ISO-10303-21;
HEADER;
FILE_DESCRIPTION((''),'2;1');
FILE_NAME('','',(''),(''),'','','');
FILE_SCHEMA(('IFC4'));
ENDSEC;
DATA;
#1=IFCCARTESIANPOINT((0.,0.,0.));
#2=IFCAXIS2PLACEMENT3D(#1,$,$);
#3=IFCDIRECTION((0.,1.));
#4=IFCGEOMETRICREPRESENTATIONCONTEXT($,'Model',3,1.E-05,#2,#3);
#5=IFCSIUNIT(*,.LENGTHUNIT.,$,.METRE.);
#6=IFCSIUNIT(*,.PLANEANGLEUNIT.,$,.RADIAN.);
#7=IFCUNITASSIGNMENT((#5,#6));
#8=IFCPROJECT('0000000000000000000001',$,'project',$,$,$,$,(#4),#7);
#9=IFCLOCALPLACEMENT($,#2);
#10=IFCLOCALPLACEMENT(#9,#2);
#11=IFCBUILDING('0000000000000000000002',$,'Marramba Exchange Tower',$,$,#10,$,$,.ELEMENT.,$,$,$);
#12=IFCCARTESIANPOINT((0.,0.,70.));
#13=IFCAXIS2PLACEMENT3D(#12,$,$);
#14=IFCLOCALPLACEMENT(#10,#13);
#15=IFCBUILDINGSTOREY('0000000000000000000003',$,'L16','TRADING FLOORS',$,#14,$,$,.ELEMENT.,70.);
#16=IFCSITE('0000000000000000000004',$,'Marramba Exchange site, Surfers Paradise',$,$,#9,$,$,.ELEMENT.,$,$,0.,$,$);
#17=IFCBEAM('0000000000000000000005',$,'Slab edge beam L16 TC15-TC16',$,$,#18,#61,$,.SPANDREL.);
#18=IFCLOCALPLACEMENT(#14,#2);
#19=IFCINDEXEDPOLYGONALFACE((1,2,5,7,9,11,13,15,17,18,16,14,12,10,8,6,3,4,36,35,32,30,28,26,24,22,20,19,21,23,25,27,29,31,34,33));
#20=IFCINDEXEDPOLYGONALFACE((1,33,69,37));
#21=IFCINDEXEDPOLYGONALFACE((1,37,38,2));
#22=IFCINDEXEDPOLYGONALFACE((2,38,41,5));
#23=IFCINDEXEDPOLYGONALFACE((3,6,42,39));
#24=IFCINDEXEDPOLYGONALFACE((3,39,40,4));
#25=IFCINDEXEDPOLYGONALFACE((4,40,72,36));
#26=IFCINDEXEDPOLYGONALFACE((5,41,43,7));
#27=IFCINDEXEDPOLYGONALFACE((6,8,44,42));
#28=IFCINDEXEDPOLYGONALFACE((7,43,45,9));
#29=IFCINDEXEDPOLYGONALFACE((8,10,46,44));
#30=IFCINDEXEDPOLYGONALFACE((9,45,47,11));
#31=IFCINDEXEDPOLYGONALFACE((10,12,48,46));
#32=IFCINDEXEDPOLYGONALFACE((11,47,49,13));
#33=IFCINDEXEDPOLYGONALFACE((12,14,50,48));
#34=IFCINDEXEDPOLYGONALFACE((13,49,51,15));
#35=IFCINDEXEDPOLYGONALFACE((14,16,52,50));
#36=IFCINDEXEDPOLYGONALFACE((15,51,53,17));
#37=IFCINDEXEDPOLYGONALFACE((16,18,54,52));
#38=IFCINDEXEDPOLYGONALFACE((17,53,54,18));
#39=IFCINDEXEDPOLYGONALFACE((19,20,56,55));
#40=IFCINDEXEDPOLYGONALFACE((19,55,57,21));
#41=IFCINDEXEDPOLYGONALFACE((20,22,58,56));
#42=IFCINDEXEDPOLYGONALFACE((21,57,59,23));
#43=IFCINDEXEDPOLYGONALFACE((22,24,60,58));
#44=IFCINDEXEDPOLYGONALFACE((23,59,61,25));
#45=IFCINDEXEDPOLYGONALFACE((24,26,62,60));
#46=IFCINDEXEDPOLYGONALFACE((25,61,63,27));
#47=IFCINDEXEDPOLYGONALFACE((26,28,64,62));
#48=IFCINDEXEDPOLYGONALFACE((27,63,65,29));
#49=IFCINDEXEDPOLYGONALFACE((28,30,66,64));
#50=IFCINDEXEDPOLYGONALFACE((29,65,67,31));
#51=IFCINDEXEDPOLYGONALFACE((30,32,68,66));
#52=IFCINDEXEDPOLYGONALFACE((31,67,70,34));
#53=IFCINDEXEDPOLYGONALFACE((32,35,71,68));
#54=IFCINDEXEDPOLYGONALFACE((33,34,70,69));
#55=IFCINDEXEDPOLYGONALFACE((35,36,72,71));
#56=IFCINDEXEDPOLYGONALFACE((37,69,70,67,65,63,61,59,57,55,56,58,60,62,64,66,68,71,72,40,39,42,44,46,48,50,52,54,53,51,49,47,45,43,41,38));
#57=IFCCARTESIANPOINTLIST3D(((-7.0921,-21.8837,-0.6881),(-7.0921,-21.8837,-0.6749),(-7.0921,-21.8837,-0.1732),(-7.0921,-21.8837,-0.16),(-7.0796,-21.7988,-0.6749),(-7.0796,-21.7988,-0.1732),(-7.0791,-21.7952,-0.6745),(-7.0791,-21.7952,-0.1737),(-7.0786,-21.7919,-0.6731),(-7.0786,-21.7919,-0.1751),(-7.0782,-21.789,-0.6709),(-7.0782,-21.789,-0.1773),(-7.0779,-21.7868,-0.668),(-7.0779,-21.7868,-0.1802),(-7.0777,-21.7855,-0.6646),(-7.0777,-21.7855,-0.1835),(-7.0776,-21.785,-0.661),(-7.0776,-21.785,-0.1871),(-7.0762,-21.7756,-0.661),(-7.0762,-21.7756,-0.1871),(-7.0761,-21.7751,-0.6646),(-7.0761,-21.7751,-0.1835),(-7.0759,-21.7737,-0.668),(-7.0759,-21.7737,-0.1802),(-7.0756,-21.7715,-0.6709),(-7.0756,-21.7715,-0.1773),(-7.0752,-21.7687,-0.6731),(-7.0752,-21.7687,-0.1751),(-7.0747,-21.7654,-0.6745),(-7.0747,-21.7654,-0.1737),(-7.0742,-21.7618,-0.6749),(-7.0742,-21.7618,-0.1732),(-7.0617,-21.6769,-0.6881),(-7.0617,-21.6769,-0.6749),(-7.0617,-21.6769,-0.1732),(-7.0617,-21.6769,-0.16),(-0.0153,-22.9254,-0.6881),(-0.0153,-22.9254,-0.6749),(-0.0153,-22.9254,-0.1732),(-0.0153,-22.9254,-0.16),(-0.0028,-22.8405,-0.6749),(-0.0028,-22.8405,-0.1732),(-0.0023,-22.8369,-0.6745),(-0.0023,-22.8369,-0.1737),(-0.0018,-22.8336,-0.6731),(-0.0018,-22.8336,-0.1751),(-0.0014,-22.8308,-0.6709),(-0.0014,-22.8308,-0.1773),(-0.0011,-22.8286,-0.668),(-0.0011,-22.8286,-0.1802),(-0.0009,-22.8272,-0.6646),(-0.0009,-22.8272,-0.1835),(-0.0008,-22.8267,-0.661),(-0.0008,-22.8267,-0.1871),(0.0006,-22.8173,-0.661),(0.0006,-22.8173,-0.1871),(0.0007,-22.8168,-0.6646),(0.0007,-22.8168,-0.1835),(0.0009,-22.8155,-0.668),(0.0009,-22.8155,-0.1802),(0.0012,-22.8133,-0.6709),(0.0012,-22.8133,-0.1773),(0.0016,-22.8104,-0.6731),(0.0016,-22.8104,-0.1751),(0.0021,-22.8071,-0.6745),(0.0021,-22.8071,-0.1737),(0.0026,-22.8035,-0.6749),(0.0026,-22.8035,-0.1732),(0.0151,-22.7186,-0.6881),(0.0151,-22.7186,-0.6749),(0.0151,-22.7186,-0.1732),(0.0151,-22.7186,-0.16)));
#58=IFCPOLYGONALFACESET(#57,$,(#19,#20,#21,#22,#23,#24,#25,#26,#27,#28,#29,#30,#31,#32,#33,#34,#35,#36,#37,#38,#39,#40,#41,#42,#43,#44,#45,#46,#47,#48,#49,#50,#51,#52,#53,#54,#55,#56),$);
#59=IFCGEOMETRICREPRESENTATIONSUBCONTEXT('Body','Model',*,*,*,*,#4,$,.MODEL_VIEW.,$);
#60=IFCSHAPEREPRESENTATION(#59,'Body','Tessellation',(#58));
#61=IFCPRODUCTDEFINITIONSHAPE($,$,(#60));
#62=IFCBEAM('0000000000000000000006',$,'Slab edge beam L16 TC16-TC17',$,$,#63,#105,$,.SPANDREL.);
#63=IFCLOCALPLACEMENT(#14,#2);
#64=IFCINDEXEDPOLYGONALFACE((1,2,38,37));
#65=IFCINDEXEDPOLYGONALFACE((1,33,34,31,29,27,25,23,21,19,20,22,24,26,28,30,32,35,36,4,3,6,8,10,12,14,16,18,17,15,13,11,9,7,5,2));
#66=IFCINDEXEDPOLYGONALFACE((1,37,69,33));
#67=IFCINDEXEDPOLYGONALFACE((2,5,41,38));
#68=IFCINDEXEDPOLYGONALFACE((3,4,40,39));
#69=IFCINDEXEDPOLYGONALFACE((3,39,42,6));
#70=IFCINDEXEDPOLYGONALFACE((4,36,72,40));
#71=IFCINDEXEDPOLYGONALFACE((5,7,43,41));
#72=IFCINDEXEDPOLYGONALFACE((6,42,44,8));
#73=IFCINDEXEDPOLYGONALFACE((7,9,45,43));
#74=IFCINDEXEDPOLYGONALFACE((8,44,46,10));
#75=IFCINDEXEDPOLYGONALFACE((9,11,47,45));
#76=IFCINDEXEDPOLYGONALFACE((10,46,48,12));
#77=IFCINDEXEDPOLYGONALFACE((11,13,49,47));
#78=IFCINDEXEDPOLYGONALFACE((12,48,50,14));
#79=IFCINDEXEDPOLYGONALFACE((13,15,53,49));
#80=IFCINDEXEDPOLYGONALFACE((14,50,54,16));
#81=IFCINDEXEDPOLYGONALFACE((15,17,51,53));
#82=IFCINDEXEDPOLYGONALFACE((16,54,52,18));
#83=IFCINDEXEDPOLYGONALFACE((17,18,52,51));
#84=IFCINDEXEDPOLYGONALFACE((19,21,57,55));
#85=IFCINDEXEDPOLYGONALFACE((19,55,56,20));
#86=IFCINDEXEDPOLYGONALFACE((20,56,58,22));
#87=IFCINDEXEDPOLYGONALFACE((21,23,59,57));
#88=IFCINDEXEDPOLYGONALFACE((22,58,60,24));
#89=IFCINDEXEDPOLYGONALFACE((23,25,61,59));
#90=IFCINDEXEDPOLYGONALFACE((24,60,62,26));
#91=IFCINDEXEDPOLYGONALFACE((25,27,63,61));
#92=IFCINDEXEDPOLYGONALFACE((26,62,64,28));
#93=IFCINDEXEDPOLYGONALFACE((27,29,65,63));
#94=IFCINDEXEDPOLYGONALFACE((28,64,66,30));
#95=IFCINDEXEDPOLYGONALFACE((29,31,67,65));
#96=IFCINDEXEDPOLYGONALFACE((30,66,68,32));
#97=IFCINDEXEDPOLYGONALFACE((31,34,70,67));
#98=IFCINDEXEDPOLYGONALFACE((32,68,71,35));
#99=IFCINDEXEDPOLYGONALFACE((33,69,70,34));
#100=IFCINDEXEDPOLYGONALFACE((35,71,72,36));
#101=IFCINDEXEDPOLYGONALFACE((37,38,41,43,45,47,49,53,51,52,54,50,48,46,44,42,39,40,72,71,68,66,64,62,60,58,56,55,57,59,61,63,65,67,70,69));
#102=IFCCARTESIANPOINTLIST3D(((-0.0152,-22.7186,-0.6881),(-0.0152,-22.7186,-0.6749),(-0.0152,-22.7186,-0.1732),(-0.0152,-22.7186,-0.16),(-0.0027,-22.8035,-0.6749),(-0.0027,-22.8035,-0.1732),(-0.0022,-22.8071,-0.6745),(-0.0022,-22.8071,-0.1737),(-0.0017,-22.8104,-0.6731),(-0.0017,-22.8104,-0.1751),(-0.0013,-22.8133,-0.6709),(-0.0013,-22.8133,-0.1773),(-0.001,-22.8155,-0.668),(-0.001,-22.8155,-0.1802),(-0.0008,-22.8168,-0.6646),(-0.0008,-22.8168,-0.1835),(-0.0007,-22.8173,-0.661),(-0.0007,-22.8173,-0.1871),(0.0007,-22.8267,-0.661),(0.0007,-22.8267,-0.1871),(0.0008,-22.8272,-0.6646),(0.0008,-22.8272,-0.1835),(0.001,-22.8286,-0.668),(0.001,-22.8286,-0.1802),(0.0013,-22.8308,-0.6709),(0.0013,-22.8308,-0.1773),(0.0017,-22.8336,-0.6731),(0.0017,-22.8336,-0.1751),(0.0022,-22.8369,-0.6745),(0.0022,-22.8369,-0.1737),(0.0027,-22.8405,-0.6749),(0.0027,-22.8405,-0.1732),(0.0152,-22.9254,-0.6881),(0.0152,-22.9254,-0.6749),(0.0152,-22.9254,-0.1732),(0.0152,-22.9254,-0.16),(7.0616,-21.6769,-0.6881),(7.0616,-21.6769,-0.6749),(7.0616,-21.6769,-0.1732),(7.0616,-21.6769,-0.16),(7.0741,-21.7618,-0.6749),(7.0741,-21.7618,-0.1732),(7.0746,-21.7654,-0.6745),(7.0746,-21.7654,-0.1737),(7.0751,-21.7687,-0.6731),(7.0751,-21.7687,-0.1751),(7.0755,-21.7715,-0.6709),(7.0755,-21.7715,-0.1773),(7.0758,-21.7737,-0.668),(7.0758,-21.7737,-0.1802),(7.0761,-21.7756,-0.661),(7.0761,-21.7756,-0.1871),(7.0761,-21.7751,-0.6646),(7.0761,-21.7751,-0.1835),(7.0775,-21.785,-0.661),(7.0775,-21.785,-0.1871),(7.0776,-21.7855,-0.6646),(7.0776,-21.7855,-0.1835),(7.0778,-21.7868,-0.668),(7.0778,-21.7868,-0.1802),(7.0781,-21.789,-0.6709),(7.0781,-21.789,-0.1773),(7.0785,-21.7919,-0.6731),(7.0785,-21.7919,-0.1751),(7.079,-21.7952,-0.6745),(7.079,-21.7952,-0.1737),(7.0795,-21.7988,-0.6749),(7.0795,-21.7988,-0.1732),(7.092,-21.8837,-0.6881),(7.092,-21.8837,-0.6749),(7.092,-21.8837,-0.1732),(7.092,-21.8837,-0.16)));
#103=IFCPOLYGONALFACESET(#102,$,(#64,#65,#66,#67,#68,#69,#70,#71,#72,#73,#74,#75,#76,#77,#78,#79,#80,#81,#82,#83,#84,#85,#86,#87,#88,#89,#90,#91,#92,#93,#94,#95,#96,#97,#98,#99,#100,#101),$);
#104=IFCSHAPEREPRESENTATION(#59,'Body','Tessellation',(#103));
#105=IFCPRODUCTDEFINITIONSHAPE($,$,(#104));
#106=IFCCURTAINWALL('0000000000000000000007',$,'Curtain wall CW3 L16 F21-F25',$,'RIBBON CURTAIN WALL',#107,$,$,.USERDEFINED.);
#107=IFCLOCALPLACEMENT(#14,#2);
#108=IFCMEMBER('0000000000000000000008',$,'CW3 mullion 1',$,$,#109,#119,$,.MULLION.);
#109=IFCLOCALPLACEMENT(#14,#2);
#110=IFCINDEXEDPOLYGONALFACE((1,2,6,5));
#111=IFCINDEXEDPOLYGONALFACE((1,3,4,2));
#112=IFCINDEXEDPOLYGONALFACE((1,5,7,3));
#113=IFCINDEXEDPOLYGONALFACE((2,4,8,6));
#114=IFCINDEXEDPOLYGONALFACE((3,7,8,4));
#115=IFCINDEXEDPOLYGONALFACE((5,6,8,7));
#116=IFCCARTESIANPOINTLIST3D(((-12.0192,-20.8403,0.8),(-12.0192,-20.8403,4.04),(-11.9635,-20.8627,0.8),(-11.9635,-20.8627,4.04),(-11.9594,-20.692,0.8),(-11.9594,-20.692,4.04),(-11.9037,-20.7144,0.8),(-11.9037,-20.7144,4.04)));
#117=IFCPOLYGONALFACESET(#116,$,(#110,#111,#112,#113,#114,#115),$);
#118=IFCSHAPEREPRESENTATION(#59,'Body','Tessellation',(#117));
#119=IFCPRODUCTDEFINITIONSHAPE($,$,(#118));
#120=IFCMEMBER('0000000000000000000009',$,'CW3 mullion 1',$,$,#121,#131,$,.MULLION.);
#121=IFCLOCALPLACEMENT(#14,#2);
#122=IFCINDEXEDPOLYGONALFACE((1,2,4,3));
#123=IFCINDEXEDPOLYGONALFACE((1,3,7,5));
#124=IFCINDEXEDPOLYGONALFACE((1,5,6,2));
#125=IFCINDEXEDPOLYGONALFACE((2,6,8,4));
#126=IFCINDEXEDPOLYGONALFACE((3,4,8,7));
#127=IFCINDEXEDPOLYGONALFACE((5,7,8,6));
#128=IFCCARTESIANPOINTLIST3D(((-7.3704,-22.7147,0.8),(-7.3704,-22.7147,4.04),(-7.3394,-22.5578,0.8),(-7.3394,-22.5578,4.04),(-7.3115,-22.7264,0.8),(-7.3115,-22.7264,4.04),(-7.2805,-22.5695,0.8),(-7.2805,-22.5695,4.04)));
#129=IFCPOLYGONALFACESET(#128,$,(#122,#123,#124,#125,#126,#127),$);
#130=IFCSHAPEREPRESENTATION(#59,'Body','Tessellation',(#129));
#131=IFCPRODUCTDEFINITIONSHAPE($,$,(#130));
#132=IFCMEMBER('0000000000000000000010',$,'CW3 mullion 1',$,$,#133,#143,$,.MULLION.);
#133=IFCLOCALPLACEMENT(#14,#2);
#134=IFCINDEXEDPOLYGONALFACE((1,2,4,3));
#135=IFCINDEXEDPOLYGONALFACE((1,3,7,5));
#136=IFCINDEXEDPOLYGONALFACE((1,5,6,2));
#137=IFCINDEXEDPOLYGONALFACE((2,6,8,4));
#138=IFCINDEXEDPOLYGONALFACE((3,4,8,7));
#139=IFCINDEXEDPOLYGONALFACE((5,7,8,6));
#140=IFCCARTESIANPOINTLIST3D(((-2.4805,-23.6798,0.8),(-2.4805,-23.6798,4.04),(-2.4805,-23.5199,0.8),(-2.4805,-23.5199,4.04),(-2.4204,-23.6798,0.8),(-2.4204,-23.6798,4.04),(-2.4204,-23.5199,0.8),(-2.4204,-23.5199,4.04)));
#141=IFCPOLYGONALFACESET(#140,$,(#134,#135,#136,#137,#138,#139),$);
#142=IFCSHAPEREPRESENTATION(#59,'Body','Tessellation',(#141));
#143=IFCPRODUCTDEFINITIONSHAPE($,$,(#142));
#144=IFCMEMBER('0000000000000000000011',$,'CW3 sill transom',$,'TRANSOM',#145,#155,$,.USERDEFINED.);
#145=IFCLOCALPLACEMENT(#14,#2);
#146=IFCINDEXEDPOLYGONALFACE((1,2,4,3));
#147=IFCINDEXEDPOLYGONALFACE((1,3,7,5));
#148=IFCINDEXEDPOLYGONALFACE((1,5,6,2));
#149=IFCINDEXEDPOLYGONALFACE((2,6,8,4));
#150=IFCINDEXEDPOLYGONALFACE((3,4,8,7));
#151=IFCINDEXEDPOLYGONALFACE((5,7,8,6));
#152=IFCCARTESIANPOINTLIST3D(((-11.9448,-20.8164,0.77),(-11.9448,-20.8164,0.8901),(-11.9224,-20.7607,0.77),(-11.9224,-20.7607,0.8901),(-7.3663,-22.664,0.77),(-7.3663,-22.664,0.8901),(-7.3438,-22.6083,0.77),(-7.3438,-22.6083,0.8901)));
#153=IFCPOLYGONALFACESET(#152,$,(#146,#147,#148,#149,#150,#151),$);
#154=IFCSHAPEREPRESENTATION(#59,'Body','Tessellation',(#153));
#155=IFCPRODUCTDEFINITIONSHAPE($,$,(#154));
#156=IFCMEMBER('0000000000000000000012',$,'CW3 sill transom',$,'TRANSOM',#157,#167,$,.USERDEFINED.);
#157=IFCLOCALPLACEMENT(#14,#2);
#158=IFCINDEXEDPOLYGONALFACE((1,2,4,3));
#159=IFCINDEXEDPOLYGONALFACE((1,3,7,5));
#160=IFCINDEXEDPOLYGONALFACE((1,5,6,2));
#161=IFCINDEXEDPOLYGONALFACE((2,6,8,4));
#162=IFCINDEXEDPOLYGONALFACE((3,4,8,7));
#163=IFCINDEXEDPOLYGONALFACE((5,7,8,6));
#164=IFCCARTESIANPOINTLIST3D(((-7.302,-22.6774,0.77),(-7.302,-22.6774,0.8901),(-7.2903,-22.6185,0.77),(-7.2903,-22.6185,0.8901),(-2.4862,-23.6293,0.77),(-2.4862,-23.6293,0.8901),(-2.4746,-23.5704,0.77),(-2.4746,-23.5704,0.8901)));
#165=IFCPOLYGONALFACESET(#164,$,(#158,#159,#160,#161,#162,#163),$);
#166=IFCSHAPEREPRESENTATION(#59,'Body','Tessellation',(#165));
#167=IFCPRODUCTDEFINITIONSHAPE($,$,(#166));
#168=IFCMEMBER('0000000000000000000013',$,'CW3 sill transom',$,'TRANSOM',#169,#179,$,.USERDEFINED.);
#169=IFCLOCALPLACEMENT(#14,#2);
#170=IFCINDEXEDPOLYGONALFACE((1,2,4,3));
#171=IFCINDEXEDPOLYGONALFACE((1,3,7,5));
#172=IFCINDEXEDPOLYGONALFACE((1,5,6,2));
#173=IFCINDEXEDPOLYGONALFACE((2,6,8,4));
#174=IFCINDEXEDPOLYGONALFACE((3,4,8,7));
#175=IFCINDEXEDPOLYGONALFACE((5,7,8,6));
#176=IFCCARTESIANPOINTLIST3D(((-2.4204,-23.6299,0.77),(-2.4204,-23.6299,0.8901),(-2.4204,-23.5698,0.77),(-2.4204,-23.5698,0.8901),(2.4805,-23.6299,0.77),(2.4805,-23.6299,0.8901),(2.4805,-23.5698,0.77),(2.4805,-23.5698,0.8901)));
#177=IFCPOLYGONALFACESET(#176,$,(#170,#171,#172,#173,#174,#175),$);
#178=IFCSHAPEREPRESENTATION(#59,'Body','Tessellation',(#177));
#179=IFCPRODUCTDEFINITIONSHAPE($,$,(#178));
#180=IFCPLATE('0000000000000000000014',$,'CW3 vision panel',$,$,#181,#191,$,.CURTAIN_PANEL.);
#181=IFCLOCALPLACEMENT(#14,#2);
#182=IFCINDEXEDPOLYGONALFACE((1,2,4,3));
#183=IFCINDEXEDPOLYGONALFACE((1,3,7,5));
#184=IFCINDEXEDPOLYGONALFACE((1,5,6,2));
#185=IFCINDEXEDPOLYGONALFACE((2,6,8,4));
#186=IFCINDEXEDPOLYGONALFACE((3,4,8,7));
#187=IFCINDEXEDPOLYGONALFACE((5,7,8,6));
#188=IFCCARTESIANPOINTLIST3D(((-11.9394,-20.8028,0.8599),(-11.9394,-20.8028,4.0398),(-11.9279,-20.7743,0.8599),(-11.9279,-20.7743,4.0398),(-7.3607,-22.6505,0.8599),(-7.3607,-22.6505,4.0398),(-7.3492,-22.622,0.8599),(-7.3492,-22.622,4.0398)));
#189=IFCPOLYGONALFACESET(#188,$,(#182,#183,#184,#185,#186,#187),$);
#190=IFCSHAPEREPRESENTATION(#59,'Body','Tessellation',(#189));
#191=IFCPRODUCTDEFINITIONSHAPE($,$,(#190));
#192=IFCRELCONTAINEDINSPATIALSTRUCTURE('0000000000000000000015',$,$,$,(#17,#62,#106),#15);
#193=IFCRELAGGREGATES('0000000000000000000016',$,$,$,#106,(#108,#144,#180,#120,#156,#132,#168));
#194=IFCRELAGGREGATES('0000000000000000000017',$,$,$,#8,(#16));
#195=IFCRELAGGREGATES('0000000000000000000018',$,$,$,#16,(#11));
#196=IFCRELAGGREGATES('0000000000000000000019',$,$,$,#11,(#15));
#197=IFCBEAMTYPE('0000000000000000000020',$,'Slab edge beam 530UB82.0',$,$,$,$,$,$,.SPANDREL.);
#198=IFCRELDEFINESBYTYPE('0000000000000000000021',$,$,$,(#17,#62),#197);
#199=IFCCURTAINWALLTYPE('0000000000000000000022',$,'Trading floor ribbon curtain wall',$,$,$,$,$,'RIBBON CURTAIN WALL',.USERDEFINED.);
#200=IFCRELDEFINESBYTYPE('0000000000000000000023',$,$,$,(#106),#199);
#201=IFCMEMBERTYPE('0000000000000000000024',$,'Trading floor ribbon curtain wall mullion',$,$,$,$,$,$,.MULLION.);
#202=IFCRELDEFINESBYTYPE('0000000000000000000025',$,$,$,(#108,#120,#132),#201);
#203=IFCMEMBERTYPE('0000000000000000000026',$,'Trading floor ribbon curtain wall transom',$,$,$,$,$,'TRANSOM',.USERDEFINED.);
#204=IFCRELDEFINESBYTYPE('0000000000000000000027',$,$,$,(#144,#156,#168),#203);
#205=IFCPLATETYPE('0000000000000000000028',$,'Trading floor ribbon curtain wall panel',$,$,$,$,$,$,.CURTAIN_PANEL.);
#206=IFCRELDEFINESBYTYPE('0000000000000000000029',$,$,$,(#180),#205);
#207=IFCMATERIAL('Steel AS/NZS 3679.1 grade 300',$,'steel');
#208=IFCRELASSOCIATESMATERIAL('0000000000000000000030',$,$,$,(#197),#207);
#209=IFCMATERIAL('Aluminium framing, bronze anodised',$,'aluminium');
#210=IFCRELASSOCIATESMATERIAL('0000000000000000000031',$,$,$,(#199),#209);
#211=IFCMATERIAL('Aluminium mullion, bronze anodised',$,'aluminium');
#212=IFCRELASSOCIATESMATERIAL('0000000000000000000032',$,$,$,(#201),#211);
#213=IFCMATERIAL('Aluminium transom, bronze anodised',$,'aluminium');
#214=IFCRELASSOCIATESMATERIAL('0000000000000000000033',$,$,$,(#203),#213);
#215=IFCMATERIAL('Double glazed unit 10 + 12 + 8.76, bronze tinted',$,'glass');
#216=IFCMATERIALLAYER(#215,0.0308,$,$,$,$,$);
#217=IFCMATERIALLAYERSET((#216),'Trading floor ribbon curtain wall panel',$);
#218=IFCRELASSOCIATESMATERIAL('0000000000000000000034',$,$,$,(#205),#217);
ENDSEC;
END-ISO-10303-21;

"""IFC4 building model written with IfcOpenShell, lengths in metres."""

from ifc_helpers import new_model, si_unit, direction, frame, origin, origin_2d, place, context, subcontext, project, spatial, rectangle, i_section, extrude, material, layer, layer_set, material_profile, profile_set, type_object, element, aggregate, save


model = new_model("IFC4")

# Units and contexts
model_context = context("Model", 3, precision=1e-05, world=origin(), true_north=direction((0.0, 1.0)))
body_context = subcontext(model_context, "Body", "Model", "MODEL_VIEW")
ifc_project = project(units=[si_unit("LENGTHUNIT", "METRE"), si_unit("PLANEANGLEUNIT", "RADIAN")], contexts=[model_context])

# Site, building, storey
site_placement = place(None, origin())
site = spatial("IfcSite", under=ifc_project, at=site_placement, Name="Marramba Exchange site, Surfers Paradise", CompositionType="ELEMENT", RefElevation=0.0)
building_placement = place(site_placement, origin())
building = spatial("IfcBuilding", under=site, at=building_placement, Name="Marramba Exchange Tower", CompositionType="ELEMENT")
storey_placement = place(building_placement, frame((0.0, 0.0, 70.0)))
storey = spatial("IfcBuildingStorey", under=building, at=storey_placement, Name="L16", Description="TRADING FLOORS", CompositionType="ELEMENT", Elevation=70.0)

# Beams
ifc_material_1 = material(Name="Steel AS/NZS 3679.1 grade 300", Category="steel")
ifc_material_profile_1 = material_profile(ifc_material_1, i_section(OverallWidth=0.209, OverallDepth=0.5281, WebThickness=0.0095, FlangeThickness=0.0132, FilletRadius=0.0139, at=origin_2d()), Name="530UB82.0")
ifc_profile_set_1 = profile_set([ifc_material_profile_1], Name="Steel AS/NZS 3679.1 grade 300")
beam_type_1 = type_object("IfcBeamType", Name="Slab edge beam 530UB82.0", PredefinedType="SPANDREL", material=ifc_profile_set_1)
for number, where, z_axis, x_axis, name in (
    (1, (-7.0769, -21.7803, -0.4241), (0.989338, -0.145634, 0.0), (0.145634, 0.989338, 0.0), "Slab edge beam L16 TC15-TC16"),
    (2, (0.0, -22.822, -0.4241), (0.989338, 0.145634, 0.0), (-0.145634, 0.989338, 0.0), "Slab edge beam L16 TC16-TC17"),
):
    element("IfcBeam", number, at=place(storey_placement, frame(where, z_axis=z_axis, x_axis=x_axis)), inside=storey, type_object=beam_type_1, Name=name, PredefinedType="SPANDREL", context=body_context, shape_type="SweptSolid", body=[
        extrude(i_section(OverallWidth=0.209, OverallDepth=0.5281, WebThickness=0.0095, FlangeThickness=0.0132, FilletRadius=0.0139, at=origin_2d()), origin(), (0.0, 0.0, 1.0), 7.1531),
    ])

# Curtain wall, members, plate
ifc_material_2 = material(Name="Aluminium framing, bronze anodised", Category="aluminium")
curtain_wall_type = type_object("IfcCurtainWallType", Name="Trading floor ribbon curtain wall", ElementType="RIBBON CURTAIN WALL", PredefinedType="USERDEFINED", material=ifc_material_2)
curtain_wall_placement = place(storey_placement, origin())
curtain_wall = element("IfcCurtainWall", 3, at=curtain_wall_placement, inside=storey, type_object=curtain_wall_type, Name="Curtain wall CW3 L16 F21-F25", ObjectType="RIBBON CURTAIN WALL", PredefinedType="USERDEFINED")
ifc_material_3 = material(Name="Aluminium mullion, bronze anodised", Category="aluminium")
ifc_material_profile_2 = material_profile(ifc_material_3, rectangle(XDim=0.1599, YDim=0.0601, at=origin_2d()), Name="CW3 mullion 60x160")
ifc_profile_set_2 = profile_set([ifc_material_profile_2], Name="Aluminium mullion, bronze anodised")
member_type_1 = type_object("IfcMemberType", Name="Trading floor ribbon curtain wall mullion", PredefinedType="MULLION", material=ifc_profile_set_2)
member_1_placement = place(storey_placement, frame((-11.9614, -20.7773, 0.8), z_axis=(0.0, 0.0, 1.0), x_axis=(0.374218, 0.927341, 0.0)))
member_1 = element("IfcMember", 4, at=member_1_placement, type_object=member_type_1, Name="CW3 mullion 1", PredefinedType="MULLION", context=body_context, shape_type="SweptSolid", body=[
    extrude(rectangle(XDim=0.1599, YDim=0.0601, at=origin_2d()), origin(), (0.0, 0.0, 1.0), 3.24),
])
member_2_placement = place(storey_placement, frame((-7.3254, -22.6421, 0.8), z_axis=(0.0, 0.0, 1.0), x_axis=(0.193961, 0.981009, 0.0)))
member_2 = element("IfcMember", 5, at=member_2_placement, type_object=member_type_1, Name="CW3 mullion 1", PredefinedType="MULLION", context=body_context, shape_type="SweptSolid", body=[
    extrude(rectangle(XDim=0.1599, YDim=0.0601, at=origin_2d()), origin(), (0.0, 0.0, 1.0), 3.24),
])
member_3_placement = place(storey_placement, frame((-2.4504, -23.5999, 0.8), z_axis=(0.0, 0.0, 1.0), x_axis=(0.0, 1.0, 0.0)))
member_3 = element("IfcMember", 6, at=member_3_placement, type_object=member_type_1, Name="CW3 mullion 1", PredefinedType="MULLION", context=body_context, shape_type="SweptSolid", body=[
    extrude(rectangle(XDim=0.1599, YDim=0.0601, at=origin_2d()), origin(), (0.0, 0.0, 1.0), 3.24),
])
ifc_material_4 = material(Name="Aluminium transom, bronze anodised", Category="aluminium")
ifc_material_profile_3 = material_profile(ifc_material_4, rectangle(XDim=0.0601, YDim=0.1201, at=origin_2d()), Name="CW3 transom 60x120")
ifc_profile_set_3 = profile_set([ifc_material_profile_3], Name="Aluminium transom, bronze anodised")
member_type_2 = type_object("IfcMemberType", Name="Trading floor ribbon curtain wall transom", ElementType="TRANSOM", PredefinedType="USERDEFINED", material=ifc_profile_set_3)
member_4_placement = place(storey_placement, frame((-11.9336, -20.7886, 0.8301), z_axis=(0.92734, -0.374219, 0.0), x_axis=(0.374219, 0.92734, 0.0)))
member_4 = element("IfcMember", 7, at=member_4_placement, type_object=member_type_2, Name="CW3 sill transom", ObjectType="TRANSOM", PredefinedType="USERDEFINED", context=body_context, shape_type="SweptSolid", body=[
    extrude(rectangle(XDim=0.0601, YDim=0.1201, at=origin_2d()), origin(), (0.0, 0.0, 1.0), 4.9373),
])
member_5_placement = place(storey_placement, frame((-7.2961, -22.6479, 0.8301), z_axis=(0.981018, -0.193916, 0.0), x_axis=(0.193916, 0.981018, 0.0)))
member_5 = element("IfcMember", 8, at=member_5_placement, type_object=member_type_2, Name="CW3 sill transom", ObjectType="TRANSOM", PredefinedType="USERDEFINED", context=body_context, shape_type="SweptSolid", body=[
    extrude(rectangle(XDim=0.0601, YDim=0.1201, at=origin_2d()), origin(), (0.0, 0.0, 1.0), 4.9089),
])
member_6_placement = place(storey_placement, frame((-2.4204, -23.5999, 0.8301), z_axis=(1.0, 0.0, 0.0), x_axis=(0.0, 1.0, 0.0)))
member_6 = element("IfcMember", 9, at=member_6_placement, type_object=member_type_2, Name="CW3 sill transom", ObjectType="TRANSOM", PredefinedType="USERDEFINED", context=body_context, shape_type="SweptSolid", body=[
    extrude(rectangle(XDim=0.0601, YDim=0.1201, at=origin_2d()), origin(), (0.0, 0.0, 1.0), 4.9009),
])
ifc_material_5 = material(Name="Double glazed unit 10 + 12 + 8.76, bronze tinted", Category="glass")
ifc_layer_1 = layer(ifc_material_5, 0.0308)
ifc_layer_set_1 = layer_set([ifc_layer_1], Name="Trading floor ribbon curtain wall panel")
plate_type = type_object("IfcPlateType", Name="Trading floor ribbon curtain wall panel", PredefinedType="CURTAIN_PANEL", material=ifc_layer_set_1)
plate_1_placement = place(storey_placement, frame((-9.6443, -21.7124, 0.8599), z_axis=(0.0, 0.0, 1.0), x_axis=(0.927341, -0.374218, 0.0)))
plate_1 = element("IfcPlate", 10, at=plate_1_placement, type_object=plate_type, Name="CW3 vision panel", PredefinedType="CURTAIN_PANEL", context=body_context, shape_type="SweptSolid", body=[
    extrude(rectangle(XDim=4.9375, YDim=0.0308, at=origin_2d()), origin(), (0.0, 0.0, 1.0), 3.1799),
])
aggregate(curtain_wall, [member_1, member_4, plate_1, member_2, member_5, member_3, member_6])

save(model, "model.ifc")
